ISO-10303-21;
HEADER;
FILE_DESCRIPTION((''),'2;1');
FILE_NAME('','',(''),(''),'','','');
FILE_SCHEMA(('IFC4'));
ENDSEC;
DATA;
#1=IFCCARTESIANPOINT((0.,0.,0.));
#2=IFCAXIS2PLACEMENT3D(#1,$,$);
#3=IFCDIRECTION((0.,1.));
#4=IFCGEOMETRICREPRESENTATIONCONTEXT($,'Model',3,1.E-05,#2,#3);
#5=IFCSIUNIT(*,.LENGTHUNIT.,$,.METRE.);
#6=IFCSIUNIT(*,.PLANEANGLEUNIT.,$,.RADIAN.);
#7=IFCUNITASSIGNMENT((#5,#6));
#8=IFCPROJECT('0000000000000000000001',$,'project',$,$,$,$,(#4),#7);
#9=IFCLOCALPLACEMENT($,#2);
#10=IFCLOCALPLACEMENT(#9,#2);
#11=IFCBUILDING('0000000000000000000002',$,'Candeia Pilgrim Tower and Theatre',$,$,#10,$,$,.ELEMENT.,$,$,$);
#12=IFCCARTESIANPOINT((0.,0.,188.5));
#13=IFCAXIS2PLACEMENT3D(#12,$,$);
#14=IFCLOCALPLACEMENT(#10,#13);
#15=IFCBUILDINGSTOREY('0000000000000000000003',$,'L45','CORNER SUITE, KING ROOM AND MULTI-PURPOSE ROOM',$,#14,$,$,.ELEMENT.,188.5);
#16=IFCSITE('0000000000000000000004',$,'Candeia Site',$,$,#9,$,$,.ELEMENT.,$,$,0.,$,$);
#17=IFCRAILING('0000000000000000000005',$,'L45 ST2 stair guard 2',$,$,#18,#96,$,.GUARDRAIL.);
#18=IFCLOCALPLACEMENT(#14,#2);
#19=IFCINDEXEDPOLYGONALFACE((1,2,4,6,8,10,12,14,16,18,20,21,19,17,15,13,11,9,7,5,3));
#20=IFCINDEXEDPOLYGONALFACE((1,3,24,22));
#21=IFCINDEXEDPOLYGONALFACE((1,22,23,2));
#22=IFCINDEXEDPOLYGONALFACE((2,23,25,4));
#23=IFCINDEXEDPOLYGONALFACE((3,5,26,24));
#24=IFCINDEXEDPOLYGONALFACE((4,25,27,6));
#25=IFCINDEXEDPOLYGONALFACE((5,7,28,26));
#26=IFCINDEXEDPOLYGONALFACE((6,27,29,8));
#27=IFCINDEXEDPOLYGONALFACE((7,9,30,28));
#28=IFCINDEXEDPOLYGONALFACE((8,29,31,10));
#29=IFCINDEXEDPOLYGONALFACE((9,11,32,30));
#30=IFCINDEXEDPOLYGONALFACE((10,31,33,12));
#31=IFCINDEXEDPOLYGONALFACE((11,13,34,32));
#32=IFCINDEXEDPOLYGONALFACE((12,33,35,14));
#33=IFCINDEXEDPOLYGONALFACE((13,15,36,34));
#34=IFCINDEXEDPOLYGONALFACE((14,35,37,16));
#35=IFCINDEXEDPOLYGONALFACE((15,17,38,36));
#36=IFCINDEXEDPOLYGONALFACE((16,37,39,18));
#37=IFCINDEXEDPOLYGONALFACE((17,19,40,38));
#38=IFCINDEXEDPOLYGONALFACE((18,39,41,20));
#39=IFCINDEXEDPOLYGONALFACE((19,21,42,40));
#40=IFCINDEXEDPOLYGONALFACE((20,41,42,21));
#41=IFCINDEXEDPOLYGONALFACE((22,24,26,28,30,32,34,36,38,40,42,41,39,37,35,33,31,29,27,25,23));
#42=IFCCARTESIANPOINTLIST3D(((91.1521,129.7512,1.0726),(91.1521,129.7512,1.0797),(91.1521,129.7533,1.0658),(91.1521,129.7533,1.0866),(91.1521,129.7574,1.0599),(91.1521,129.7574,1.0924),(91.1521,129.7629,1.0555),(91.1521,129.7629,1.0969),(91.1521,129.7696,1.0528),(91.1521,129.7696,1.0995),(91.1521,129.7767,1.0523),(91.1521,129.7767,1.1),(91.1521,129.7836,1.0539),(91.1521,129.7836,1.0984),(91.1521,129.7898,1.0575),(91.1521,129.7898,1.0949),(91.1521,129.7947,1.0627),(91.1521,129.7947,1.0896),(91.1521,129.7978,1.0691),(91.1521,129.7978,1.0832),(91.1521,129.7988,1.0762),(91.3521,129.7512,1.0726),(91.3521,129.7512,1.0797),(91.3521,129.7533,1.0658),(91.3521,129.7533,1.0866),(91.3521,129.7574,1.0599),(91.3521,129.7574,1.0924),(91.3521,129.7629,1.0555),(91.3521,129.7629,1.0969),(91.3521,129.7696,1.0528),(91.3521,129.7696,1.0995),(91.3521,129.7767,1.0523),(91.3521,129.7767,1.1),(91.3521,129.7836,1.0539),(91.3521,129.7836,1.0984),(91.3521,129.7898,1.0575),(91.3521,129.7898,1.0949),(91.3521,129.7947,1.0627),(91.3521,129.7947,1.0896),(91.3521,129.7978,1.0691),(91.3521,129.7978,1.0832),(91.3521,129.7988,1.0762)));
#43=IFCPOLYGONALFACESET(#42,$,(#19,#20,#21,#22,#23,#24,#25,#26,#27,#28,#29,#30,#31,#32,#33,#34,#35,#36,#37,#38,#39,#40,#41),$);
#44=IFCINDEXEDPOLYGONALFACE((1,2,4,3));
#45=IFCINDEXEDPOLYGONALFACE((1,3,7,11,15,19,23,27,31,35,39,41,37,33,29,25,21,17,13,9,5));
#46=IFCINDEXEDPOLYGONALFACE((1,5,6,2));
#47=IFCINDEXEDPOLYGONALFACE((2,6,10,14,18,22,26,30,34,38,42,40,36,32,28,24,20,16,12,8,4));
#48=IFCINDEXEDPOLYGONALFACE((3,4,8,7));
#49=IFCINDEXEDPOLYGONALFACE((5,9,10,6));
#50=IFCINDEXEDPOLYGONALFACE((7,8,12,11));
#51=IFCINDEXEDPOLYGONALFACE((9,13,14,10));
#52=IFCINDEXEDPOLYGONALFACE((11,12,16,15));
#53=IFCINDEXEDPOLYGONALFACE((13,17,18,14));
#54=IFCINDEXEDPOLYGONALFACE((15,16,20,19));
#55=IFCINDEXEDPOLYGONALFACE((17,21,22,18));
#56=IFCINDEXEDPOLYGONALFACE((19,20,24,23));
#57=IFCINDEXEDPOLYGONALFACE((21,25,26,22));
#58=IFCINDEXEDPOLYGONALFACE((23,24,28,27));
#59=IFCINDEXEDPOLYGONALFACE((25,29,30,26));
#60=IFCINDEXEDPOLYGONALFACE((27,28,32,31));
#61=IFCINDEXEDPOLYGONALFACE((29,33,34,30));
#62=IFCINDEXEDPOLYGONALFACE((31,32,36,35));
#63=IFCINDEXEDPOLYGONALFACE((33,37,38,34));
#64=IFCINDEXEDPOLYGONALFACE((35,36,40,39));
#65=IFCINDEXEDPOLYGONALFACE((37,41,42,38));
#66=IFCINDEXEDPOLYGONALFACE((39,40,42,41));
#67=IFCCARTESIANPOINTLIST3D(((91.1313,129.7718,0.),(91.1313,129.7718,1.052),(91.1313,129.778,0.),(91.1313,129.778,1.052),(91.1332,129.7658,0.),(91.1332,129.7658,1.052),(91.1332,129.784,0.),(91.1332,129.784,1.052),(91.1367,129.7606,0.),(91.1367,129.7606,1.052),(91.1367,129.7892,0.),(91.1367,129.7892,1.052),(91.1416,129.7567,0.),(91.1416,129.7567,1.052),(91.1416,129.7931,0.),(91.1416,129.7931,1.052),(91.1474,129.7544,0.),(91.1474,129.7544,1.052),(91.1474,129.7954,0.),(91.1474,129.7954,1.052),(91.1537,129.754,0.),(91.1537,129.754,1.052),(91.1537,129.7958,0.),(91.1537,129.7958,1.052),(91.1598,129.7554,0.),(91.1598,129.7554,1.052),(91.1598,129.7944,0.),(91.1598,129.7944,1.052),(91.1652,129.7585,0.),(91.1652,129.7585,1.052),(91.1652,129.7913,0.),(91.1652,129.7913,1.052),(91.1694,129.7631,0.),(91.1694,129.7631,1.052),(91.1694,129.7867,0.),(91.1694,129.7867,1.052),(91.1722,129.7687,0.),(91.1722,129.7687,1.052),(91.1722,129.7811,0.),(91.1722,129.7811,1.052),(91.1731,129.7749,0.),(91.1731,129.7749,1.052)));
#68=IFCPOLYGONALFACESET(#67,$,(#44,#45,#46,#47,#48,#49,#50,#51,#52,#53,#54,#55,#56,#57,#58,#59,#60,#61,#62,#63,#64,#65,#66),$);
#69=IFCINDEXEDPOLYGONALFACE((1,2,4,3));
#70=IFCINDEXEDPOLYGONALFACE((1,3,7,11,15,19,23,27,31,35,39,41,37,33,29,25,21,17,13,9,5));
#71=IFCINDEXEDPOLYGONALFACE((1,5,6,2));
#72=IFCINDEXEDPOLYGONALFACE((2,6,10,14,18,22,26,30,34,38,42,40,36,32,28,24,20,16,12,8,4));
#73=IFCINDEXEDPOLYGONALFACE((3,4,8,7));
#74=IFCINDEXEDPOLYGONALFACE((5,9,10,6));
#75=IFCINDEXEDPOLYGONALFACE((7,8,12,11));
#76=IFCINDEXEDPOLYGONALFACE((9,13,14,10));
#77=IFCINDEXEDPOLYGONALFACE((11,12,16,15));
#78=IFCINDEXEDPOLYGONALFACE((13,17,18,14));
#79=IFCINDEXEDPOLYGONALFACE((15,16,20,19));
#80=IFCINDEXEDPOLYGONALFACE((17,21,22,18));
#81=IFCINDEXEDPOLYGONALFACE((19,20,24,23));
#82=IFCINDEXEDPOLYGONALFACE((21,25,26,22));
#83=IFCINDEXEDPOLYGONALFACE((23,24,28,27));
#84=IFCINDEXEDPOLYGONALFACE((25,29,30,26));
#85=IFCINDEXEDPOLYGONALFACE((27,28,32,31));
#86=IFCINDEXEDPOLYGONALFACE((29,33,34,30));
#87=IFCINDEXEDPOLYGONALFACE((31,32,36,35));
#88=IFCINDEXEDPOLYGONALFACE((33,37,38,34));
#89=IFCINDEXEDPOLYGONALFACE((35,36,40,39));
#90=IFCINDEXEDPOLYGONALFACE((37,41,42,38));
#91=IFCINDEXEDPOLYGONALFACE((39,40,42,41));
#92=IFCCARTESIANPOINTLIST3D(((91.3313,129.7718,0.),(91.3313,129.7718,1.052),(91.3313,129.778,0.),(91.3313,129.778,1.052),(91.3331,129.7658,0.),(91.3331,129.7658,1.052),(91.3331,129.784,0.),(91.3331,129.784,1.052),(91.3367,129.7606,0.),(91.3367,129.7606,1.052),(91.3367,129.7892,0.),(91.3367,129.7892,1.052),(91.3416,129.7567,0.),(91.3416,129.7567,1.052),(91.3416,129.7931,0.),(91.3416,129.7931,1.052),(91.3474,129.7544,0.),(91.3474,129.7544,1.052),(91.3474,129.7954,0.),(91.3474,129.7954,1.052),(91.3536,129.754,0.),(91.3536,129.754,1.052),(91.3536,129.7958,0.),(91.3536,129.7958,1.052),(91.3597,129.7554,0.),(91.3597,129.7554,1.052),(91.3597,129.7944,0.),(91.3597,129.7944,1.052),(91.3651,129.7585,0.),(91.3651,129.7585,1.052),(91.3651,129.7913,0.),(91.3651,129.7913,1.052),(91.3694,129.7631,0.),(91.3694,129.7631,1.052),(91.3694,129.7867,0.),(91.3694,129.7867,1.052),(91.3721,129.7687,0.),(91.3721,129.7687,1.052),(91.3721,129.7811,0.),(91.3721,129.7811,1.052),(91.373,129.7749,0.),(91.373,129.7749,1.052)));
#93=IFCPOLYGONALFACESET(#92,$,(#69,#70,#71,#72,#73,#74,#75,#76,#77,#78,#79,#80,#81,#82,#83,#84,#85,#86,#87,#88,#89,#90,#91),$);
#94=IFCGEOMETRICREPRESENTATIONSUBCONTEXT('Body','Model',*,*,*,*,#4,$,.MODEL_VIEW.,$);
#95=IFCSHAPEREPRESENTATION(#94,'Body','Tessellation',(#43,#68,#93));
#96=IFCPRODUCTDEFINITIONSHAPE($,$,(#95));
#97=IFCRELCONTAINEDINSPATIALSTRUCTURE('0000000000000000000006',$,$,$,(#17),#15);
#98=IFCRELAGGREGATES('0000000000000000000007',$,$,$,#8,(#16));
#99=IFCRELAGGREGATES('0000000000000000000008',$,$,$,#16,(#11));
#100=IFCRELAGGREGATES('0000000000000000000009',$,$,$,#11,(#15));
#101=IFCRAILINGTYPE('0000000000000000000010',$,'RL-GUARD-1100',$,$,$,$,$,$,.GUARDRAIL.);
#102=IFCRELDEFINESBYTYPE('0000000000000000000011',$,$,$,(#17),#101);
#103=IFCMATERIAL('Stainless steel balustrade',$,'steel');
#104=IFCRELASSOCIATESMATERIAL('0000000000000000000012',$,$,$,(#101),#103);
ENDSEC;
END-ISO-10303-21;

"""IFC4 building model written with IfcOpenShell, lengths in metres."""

from ifc_helpers import new_model, si_unit, direction, frame, origin, origin_2d, place, context, subcontext, project, spatial, circle, extrude, material, type_object, element, save


model = new_model("IFC4")

# Units and contexts
model_context = context("Model", 3, precision=1e-05, world=origin(), true_north=direction((0.0, 1.0)))
body_context = subcontext(model_context, "Body", "Model", "MODEL_VIEW")
ifc_project = project(units=[si_unit("LENGTHUNIT", "METRE"), si_unit("PLANEANGLEUNIT", "RADIAN")], contexts=[model_context])

# Site, building, storey
site_placement = place(None, origin())
site = spatial("IfcSite", under=ifc_project, at=site_placement, Name="Candeia Site", CompositionType="ELEMENT", RefElevation=0.0)
building_placement = place(site_placement, origin())
building = spatial("IfcBuilding", under=site, at=building_placement, Name="Candeia Pilgrim Tower and Theatre", CompositionType="ELEMENT")
storey_placement = place(building_placement, frame((0.0, 0.0, 188.5)))
storey = spatial("IfcBuildingStorey", under=building, at=storey_placement, Name="L45", Description="CORNER SUITE, KING ROOM AND MULTI-PURPOSE ROOM", CompositionType="ELEMENT", Elevation=188.5)

# Shared definitions
ifc_material_1 = material(Name="Stainless steel balustrade", Category="steel")

# Railing
railing_type_1 = type_object("IfcRailingType", Name="RL-GUARD-1100", PredefinedType="GUARDRAIL", material=ifc_material_1)
railing_1_placement = place(storey_placement, frame((91.1521, 129.7749, 0.0)))
element("IfcRailing", 1, at=railing_1_placement, inside=storey, type_object=railing_type_1, Name="L45 ST2 stair guard 2", PredefinedType="GUARDRAIL", context=body_context, shape_type="SweptSolid", body=[
    extrude(circle(Radius=0.0239, at=origin_2d()), frame((0.0, 0.0, 1.0762), z_axis=(1.0, 0.0, 0.0), x_axis=(0.0, 1.0, 0.0)), (0.0, 0.0, 1.0), 0.2),
    extrude(circle(Radius=0.021, at=origin_2d()), origin(), (0.0, 0.0, 1.0), 1.052),
    extrude(circle(Radius=0.021, at=origin_2d()), frame((0.2, 0.0, 0.0)), (0.0, 0.0, 1.0), 1.052),
])

save(model, "model.ifc")
